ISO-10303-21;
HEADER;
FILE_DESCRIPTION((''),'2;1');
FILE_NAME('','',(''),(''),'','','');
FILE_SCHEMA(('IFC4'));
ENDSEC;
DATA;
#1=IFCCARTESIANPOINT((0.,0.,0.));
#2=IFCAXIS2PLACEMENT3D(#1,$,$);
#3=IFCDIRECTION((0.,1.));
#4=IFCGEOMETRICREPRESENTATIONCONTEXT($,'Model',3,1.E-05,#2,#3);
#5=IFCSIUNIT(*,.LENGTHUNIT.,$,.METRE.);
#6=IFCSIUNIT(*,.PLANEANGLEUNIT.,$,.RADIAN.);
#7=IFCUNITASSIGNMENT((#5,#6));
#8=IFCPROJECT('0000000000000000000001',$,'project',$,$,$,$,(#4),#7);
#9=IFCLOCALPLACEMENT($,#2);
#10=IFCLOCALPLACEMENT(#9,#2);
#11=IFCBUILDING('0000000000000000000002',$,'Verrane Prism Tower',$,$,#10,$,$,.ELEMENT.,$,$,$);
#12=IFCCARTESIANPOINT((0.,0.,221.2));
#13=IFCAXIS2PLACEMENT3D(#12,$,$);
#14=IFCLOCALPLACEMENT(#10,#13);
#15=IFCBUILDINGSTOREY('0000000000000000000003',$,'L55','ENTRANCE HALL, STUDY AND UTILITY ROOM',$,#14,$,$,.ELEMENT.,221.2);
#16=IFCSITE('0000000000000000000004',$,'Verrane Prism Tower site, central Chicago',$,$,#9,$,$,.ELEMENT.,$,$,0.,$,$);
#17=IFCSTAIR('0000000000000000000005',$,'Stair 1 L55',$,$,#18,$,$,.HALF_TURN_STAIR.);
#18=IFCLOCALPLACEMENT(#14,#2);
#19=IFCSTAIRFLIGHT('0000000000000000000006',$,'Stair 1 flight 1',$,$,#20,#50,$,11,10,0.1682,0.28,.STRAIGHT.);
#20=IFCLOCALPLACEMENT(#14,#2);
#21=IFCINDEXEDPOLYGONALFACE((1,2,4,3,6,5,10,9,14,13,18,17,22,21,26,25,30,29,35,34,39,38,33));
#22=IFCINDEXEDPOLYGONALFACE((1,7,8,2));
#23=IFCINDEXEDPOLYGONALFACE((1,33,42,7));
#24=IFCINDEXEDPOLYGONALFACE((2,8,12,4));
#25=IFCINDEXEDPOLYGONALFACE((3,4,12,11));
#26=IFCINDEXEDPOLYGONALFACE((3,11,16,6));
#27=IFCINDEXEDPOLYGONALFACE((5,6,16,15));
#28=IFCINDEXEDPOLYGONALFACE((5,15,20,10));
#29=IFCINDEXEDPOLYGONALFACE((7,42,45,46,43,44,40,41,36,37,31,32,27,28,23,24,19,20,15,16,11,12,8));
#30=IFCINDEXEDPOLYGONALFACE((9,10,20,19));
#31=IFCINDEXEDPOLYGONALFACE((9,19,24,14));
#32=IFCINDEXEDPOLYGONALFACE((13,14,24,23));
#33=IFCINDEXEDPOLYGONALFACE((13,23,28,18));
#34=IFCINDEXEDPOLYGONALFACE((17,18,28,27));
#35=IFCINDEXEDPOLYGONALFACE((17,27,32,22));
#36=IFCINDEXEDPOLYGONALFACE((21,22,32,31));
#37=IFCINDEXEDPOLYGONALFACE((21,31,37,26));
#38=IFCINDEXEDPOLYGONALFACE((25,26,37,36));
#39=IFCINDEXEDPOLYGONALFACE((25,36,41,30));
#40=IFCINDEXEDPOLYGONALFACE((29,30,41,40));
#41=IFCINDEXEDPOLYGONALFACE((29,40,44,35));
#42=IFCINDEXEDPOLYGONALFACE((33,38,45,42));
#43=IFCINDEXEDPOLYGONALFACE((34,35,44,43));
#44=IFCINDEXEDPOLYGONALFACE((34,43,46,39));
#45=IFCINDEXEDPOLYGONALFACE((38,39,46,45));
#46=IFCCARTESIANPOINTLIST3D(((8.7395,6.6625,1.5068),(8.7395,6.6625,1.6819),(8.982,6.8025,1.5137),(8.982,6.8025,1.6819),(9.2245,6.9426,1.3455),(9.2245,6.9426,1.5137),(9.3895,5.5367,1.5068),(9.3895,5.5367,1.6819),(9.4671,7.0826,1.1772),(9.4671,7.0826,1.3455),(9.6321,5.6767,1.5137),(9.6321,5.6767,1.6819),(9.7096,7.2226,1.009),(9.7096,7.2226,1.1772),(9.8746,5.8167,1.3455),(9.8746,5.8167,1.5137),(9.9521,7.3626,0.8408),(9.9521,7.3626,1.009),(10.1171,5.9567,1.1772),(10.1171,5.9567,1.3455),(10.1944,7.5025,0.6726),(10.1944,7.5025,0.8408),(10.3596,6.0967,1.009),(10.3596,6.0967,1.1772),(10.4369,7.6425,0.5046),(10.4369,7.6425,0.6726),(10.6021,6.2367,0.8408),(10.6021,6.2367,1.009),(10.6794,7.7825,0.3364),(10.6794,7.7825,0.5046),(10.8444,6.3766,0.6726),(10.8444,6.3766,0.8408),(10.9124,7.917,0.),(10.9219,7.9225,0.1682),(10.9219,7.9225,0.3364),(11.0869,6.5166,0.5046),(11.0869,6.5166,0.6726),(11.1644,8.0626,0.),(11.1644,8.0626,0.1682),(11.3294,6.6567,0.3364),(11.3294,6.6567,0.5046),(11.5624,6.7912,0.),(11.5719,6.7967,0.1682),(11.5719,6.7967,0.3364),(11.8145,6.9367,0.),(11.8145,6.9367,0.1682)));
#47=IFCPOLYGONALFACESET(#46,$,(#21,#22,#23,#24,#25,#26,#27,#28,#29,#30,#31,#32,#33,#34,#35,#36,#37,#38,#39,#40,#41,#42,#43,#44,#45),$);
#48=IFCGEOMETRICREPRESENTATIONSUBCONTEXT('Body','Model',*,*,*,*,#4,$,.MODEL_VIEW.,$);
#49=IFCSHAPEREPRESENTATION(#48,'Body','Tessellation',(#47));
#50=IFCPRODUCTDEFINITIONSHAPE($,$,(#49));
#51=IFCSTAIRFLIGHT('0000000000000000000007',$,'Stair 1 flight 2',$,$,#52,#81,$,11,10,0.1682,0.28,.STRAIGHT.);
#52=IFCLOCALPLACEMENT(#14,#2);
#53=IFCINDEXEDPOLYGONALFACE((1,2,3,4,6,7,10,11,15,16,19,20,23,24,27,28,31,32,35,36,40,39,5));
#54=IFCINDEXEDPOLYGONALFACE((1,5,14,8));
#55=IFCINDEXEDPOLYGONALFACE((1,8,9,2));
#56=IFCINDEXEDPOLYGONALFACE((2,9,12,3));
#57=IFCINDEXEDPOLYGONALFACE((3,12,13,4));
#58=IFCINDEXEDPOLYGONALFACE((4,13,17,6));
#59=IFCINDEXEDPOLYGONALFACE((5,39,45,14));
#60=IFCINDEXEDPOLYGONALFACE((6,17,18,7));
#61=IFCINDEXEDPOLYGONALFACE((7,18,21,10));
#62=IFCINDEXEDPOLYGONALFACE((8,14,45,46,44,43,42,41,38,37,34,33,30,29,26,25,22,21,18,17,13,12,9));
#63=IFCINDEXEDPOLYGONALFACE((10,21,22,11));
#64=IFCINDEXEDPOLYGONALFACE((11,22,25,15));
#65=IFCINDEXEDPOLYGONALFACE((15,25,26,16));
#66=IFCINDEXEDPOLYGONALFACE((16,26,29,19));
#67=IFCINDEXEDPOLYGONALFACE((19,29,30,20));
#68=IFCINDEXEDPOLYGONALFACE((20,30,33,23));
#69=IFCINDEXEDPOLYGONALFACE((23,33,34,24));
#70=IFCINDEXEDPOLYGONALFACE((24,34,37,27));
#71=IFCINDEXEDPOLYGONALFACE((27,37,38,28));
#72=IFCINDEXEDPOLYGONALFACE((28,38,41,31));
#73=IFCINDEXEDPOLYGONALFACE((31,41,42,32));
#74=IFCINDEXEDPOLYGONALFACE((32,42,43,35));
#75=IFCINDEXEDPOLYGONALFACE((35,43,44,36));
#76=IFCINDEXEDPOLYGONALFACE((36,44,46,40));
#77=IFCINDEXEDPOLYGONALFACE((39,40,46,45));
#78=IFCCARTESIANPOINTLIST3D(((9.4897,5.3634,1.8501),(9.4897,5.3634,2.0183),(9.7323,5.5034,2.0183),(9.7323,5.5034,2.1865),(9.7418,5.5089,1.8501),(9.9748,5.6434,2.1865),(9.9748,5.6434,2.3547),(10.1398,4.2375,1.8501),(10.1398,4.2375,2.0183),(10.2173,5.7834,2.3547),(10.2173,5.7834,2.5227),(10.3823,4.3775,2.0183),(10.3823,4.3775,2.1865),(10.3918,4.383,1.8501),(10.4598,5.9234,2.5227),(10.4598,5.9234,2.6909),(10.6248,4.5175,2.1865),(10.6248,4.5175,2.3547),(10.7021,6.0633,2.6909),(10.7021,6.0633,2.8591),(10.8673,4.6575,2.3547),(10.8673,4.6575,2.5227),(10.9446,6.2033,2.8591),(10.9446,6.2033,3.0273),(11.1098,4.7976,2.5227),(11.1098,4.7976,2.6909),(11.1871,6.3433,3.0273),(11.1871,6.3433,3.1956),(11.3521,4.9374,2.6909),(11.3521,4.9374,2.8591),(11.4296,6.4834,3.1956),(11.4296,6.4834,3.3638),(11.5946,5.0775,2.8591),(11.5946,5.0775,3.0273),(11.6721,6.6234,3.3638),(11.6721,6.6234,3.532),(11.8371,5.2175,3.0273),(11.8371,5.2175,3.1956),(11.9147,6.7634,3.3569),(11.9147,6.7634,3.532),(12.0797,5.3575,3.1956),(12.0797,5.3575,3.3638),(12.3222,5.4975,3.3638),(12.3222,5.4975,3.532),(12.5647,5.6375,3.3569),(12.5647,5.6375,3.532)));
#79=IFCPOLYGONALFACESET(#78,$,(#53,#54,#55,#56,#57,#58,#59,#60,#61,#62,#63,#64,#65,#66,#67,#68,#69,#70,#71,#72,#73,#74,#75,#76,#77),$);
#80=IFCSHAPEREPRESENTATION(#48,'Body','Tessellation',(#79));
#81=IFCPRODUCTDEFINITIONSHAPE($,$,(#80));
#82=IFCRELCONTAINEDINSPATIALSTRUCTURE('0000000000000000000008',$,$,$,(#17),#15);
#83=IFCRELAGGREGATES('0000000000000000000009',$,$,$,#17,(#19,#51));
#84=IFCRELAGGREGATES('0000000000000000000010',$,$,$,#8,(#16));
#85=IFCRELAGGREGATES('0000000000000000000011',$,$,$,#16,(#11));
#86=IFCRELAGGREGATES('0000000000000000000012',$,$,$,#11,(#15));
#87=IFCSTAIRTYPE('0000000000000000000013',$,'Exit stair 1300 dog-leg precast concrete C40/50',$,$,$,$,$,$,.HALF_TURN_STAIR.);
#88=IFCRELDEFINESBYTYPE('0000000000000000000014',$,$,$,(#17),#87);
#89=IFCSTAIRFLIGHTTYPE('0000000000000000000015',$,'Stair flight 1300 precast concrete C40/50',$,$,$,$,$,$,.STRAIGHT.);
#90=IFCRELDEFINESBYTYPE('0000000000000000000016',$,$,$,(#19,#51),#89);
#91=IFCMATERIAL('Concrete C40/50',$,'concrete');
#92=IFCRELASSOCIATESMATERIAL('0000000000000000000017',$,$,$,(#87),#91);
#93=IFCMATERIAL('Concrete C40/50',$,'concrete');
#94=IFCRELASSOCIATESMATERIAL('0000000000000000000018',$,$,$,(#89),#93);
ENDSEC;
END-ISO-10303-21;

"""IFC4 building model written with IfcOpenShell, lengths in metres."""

from ifc_helpers import new_model, si_unit, direction, frame, origin, place, context, subcontext, project, spatial, polyline, outline, extrude, material, type_object, element, aggregate, save


model = new_model("IFC4")

# Units and contexts
model_context = context("Model", 3, precision=1e-05, world=origin(), true_north=direction((0.0, 1.0)))
body_context = subcontext(model_context, "Body", "Model", "MODEL_VIEW")
ifc_project = project(units=[si_unit("LENGTHUNIT", "METRE"), si_unit("PLANEANGLEUNIT", "RADIAN")], contexts=[model_context])

# Site, building, storey
site_placement = place(None, origin())
site = spatial("IfcSite", under=ifc_project, at=site_placement, Name="Verrane Prism Tower site, central Chicago", CompositionType="ELEMENT", RefElevation=0.0)
building_placement = place(site_placement, origin())
building = spatial("IfcBuilding", under=site, at=building_placement, Name="Verrane Prism Tower", CompositionType="ELEMENT")
storey_placement = place(building_placement, frame((0.0, 0.0, 221.2)))
storey = spatial("IfcBuildingStorey", under=building, at=storey_placement, Name="L55", Description="ENTRANCE HALL, STUDY AND UTILITY ROOM", CompositionType="ELEMENT", Elevation=221.2)

# Stair, stair flights
ifc_material_1 = material(Name="Concrete C40/50", Category="concrete")
stair_type = type_object("IfcStairType", Name="Exit stair 1300 dog-leg precast concrete C40/50", PredefinedType="HALF_TURN_STAIR", material=ifc_material_1)
stair_placement = place(storey_placement, origin())
stair = element("IfcStair", 1, at=stair_placement, inside=storey, type_object=stair_type, Name="Stair 1 L55", PredefinedType="HALF_TURN_STAIR")
ifc_material_2 = material(Name="Concrete C40/50", Category="concrete")
stair_flight_type = type_object("IfcStairFlightType", Name="Stair flight 1300 precast concrete C40/50", PredefinedType="STRAIGHT", material=ifc_material_2)
stair_flight_1_placement = place(storey_placement, frame((11.4895, 7.4995, 0.0), z_axis=(0.0, 0.0, 1.0), x_axis=(-0.866025, -0.5, 0.0)))
stair_flight_1 = element("IfcStairFlight", 2, at=stair_flight_1_placement, type_object=stair_flight_type, Name="Stair 1 flight 1", NumberOfRisers=11, NumberOfTreads=10, PredefinedType="STRAIGHT", RiserHeight=0.1682, TreadLength=0.28, context=body_context, shape_type="SweptSolid", body=[
    extrude(outline(polyline([(0.0, 0.0), (0.0, 0.1682), (0.28, 0.1682), (0.28, 0.3364), (0.5601, 0.3364), (0.5601, 0.5046), (0.8401, 0.5046), (0.8401, 0.6726), (1.1201, 0.6726), (1.1201, 0.8408), (1.3999, 0.8408), (1.3999, 1.009), (1.6799, 1.009), (1.6799, 1.1772), (1.96, 1.1772), (1.96, 1.3455), (2.24, 1.3455), (2.24, 1.5137), (2.52, 1.5137), (2.52, 1.6819), (2.8, 1.6819), (2.8, 1.8501), (2.8, 1.5068), (0.291, 0.0), (0.0, 0.0)])), frame((0.0, 0.6499, 0.0), z_axis=(0.0, -1.0, 0.0), x_axis=(1.0, 0.0, 0.0)), (0.0, 0.0, 1.0), 1.3),
])
stair_flight_2_placement = place(storey_placement, frame((9.8147, 4.8005, 1.8501), z_axis=(0.0, 0.0, 1.0), x_axis=(0.866025, 0.5, 0.0)))
stair_flight_2 = element("IfcStairFlight", 3, at=stair_flight_2_placement, type_object=stair_flight_type, Name="Stair 1 flight 2", NumberOfRisers=11, NumberOfTreads=10, PredefinedType="STRAIGHT", RiserHeight=0.1682, TreadLength=0.28, context=body_context, shape_type="SweptSolid", body=[
    extrude(outline(polyline([(0.0, 0.0), (0.0, 0.1682), (0.28, 0.1682), (0.28, 0.3364), (0.5601, 0.3364), (0.5601, 0.5046), (0.8401, 0.5046), (0.8401, 0.6726), (1.1201, 0.6726), (1.1201, 0.8408), (1.3999, 0.8408), (1.3999, 1.009), (1.6799, 1.009), (1.6799, 1.1772), (1.96, 1.1772), (1.96, 1.3455), (2.24, 1.3455), (2.24, 1.5137), (2.52, 1.5137), (2.52, 1.6819), (2.8, 1.6819), (2.8, 1.8501), (2.8, 1.5068), (0.291, 0.0), (0.0, 0.0)])), frame((0.0, 0.6499, 0.0), z_axis=(0.0, -1.0, 0.0), x_axis=(1.0, 0.0, 0.0)), (0.0, 0.0, 1.0), 1.3),
])
aggregate(stair, [stair_flight_1, stair_flight_2])

save(model, "model.ifc")
